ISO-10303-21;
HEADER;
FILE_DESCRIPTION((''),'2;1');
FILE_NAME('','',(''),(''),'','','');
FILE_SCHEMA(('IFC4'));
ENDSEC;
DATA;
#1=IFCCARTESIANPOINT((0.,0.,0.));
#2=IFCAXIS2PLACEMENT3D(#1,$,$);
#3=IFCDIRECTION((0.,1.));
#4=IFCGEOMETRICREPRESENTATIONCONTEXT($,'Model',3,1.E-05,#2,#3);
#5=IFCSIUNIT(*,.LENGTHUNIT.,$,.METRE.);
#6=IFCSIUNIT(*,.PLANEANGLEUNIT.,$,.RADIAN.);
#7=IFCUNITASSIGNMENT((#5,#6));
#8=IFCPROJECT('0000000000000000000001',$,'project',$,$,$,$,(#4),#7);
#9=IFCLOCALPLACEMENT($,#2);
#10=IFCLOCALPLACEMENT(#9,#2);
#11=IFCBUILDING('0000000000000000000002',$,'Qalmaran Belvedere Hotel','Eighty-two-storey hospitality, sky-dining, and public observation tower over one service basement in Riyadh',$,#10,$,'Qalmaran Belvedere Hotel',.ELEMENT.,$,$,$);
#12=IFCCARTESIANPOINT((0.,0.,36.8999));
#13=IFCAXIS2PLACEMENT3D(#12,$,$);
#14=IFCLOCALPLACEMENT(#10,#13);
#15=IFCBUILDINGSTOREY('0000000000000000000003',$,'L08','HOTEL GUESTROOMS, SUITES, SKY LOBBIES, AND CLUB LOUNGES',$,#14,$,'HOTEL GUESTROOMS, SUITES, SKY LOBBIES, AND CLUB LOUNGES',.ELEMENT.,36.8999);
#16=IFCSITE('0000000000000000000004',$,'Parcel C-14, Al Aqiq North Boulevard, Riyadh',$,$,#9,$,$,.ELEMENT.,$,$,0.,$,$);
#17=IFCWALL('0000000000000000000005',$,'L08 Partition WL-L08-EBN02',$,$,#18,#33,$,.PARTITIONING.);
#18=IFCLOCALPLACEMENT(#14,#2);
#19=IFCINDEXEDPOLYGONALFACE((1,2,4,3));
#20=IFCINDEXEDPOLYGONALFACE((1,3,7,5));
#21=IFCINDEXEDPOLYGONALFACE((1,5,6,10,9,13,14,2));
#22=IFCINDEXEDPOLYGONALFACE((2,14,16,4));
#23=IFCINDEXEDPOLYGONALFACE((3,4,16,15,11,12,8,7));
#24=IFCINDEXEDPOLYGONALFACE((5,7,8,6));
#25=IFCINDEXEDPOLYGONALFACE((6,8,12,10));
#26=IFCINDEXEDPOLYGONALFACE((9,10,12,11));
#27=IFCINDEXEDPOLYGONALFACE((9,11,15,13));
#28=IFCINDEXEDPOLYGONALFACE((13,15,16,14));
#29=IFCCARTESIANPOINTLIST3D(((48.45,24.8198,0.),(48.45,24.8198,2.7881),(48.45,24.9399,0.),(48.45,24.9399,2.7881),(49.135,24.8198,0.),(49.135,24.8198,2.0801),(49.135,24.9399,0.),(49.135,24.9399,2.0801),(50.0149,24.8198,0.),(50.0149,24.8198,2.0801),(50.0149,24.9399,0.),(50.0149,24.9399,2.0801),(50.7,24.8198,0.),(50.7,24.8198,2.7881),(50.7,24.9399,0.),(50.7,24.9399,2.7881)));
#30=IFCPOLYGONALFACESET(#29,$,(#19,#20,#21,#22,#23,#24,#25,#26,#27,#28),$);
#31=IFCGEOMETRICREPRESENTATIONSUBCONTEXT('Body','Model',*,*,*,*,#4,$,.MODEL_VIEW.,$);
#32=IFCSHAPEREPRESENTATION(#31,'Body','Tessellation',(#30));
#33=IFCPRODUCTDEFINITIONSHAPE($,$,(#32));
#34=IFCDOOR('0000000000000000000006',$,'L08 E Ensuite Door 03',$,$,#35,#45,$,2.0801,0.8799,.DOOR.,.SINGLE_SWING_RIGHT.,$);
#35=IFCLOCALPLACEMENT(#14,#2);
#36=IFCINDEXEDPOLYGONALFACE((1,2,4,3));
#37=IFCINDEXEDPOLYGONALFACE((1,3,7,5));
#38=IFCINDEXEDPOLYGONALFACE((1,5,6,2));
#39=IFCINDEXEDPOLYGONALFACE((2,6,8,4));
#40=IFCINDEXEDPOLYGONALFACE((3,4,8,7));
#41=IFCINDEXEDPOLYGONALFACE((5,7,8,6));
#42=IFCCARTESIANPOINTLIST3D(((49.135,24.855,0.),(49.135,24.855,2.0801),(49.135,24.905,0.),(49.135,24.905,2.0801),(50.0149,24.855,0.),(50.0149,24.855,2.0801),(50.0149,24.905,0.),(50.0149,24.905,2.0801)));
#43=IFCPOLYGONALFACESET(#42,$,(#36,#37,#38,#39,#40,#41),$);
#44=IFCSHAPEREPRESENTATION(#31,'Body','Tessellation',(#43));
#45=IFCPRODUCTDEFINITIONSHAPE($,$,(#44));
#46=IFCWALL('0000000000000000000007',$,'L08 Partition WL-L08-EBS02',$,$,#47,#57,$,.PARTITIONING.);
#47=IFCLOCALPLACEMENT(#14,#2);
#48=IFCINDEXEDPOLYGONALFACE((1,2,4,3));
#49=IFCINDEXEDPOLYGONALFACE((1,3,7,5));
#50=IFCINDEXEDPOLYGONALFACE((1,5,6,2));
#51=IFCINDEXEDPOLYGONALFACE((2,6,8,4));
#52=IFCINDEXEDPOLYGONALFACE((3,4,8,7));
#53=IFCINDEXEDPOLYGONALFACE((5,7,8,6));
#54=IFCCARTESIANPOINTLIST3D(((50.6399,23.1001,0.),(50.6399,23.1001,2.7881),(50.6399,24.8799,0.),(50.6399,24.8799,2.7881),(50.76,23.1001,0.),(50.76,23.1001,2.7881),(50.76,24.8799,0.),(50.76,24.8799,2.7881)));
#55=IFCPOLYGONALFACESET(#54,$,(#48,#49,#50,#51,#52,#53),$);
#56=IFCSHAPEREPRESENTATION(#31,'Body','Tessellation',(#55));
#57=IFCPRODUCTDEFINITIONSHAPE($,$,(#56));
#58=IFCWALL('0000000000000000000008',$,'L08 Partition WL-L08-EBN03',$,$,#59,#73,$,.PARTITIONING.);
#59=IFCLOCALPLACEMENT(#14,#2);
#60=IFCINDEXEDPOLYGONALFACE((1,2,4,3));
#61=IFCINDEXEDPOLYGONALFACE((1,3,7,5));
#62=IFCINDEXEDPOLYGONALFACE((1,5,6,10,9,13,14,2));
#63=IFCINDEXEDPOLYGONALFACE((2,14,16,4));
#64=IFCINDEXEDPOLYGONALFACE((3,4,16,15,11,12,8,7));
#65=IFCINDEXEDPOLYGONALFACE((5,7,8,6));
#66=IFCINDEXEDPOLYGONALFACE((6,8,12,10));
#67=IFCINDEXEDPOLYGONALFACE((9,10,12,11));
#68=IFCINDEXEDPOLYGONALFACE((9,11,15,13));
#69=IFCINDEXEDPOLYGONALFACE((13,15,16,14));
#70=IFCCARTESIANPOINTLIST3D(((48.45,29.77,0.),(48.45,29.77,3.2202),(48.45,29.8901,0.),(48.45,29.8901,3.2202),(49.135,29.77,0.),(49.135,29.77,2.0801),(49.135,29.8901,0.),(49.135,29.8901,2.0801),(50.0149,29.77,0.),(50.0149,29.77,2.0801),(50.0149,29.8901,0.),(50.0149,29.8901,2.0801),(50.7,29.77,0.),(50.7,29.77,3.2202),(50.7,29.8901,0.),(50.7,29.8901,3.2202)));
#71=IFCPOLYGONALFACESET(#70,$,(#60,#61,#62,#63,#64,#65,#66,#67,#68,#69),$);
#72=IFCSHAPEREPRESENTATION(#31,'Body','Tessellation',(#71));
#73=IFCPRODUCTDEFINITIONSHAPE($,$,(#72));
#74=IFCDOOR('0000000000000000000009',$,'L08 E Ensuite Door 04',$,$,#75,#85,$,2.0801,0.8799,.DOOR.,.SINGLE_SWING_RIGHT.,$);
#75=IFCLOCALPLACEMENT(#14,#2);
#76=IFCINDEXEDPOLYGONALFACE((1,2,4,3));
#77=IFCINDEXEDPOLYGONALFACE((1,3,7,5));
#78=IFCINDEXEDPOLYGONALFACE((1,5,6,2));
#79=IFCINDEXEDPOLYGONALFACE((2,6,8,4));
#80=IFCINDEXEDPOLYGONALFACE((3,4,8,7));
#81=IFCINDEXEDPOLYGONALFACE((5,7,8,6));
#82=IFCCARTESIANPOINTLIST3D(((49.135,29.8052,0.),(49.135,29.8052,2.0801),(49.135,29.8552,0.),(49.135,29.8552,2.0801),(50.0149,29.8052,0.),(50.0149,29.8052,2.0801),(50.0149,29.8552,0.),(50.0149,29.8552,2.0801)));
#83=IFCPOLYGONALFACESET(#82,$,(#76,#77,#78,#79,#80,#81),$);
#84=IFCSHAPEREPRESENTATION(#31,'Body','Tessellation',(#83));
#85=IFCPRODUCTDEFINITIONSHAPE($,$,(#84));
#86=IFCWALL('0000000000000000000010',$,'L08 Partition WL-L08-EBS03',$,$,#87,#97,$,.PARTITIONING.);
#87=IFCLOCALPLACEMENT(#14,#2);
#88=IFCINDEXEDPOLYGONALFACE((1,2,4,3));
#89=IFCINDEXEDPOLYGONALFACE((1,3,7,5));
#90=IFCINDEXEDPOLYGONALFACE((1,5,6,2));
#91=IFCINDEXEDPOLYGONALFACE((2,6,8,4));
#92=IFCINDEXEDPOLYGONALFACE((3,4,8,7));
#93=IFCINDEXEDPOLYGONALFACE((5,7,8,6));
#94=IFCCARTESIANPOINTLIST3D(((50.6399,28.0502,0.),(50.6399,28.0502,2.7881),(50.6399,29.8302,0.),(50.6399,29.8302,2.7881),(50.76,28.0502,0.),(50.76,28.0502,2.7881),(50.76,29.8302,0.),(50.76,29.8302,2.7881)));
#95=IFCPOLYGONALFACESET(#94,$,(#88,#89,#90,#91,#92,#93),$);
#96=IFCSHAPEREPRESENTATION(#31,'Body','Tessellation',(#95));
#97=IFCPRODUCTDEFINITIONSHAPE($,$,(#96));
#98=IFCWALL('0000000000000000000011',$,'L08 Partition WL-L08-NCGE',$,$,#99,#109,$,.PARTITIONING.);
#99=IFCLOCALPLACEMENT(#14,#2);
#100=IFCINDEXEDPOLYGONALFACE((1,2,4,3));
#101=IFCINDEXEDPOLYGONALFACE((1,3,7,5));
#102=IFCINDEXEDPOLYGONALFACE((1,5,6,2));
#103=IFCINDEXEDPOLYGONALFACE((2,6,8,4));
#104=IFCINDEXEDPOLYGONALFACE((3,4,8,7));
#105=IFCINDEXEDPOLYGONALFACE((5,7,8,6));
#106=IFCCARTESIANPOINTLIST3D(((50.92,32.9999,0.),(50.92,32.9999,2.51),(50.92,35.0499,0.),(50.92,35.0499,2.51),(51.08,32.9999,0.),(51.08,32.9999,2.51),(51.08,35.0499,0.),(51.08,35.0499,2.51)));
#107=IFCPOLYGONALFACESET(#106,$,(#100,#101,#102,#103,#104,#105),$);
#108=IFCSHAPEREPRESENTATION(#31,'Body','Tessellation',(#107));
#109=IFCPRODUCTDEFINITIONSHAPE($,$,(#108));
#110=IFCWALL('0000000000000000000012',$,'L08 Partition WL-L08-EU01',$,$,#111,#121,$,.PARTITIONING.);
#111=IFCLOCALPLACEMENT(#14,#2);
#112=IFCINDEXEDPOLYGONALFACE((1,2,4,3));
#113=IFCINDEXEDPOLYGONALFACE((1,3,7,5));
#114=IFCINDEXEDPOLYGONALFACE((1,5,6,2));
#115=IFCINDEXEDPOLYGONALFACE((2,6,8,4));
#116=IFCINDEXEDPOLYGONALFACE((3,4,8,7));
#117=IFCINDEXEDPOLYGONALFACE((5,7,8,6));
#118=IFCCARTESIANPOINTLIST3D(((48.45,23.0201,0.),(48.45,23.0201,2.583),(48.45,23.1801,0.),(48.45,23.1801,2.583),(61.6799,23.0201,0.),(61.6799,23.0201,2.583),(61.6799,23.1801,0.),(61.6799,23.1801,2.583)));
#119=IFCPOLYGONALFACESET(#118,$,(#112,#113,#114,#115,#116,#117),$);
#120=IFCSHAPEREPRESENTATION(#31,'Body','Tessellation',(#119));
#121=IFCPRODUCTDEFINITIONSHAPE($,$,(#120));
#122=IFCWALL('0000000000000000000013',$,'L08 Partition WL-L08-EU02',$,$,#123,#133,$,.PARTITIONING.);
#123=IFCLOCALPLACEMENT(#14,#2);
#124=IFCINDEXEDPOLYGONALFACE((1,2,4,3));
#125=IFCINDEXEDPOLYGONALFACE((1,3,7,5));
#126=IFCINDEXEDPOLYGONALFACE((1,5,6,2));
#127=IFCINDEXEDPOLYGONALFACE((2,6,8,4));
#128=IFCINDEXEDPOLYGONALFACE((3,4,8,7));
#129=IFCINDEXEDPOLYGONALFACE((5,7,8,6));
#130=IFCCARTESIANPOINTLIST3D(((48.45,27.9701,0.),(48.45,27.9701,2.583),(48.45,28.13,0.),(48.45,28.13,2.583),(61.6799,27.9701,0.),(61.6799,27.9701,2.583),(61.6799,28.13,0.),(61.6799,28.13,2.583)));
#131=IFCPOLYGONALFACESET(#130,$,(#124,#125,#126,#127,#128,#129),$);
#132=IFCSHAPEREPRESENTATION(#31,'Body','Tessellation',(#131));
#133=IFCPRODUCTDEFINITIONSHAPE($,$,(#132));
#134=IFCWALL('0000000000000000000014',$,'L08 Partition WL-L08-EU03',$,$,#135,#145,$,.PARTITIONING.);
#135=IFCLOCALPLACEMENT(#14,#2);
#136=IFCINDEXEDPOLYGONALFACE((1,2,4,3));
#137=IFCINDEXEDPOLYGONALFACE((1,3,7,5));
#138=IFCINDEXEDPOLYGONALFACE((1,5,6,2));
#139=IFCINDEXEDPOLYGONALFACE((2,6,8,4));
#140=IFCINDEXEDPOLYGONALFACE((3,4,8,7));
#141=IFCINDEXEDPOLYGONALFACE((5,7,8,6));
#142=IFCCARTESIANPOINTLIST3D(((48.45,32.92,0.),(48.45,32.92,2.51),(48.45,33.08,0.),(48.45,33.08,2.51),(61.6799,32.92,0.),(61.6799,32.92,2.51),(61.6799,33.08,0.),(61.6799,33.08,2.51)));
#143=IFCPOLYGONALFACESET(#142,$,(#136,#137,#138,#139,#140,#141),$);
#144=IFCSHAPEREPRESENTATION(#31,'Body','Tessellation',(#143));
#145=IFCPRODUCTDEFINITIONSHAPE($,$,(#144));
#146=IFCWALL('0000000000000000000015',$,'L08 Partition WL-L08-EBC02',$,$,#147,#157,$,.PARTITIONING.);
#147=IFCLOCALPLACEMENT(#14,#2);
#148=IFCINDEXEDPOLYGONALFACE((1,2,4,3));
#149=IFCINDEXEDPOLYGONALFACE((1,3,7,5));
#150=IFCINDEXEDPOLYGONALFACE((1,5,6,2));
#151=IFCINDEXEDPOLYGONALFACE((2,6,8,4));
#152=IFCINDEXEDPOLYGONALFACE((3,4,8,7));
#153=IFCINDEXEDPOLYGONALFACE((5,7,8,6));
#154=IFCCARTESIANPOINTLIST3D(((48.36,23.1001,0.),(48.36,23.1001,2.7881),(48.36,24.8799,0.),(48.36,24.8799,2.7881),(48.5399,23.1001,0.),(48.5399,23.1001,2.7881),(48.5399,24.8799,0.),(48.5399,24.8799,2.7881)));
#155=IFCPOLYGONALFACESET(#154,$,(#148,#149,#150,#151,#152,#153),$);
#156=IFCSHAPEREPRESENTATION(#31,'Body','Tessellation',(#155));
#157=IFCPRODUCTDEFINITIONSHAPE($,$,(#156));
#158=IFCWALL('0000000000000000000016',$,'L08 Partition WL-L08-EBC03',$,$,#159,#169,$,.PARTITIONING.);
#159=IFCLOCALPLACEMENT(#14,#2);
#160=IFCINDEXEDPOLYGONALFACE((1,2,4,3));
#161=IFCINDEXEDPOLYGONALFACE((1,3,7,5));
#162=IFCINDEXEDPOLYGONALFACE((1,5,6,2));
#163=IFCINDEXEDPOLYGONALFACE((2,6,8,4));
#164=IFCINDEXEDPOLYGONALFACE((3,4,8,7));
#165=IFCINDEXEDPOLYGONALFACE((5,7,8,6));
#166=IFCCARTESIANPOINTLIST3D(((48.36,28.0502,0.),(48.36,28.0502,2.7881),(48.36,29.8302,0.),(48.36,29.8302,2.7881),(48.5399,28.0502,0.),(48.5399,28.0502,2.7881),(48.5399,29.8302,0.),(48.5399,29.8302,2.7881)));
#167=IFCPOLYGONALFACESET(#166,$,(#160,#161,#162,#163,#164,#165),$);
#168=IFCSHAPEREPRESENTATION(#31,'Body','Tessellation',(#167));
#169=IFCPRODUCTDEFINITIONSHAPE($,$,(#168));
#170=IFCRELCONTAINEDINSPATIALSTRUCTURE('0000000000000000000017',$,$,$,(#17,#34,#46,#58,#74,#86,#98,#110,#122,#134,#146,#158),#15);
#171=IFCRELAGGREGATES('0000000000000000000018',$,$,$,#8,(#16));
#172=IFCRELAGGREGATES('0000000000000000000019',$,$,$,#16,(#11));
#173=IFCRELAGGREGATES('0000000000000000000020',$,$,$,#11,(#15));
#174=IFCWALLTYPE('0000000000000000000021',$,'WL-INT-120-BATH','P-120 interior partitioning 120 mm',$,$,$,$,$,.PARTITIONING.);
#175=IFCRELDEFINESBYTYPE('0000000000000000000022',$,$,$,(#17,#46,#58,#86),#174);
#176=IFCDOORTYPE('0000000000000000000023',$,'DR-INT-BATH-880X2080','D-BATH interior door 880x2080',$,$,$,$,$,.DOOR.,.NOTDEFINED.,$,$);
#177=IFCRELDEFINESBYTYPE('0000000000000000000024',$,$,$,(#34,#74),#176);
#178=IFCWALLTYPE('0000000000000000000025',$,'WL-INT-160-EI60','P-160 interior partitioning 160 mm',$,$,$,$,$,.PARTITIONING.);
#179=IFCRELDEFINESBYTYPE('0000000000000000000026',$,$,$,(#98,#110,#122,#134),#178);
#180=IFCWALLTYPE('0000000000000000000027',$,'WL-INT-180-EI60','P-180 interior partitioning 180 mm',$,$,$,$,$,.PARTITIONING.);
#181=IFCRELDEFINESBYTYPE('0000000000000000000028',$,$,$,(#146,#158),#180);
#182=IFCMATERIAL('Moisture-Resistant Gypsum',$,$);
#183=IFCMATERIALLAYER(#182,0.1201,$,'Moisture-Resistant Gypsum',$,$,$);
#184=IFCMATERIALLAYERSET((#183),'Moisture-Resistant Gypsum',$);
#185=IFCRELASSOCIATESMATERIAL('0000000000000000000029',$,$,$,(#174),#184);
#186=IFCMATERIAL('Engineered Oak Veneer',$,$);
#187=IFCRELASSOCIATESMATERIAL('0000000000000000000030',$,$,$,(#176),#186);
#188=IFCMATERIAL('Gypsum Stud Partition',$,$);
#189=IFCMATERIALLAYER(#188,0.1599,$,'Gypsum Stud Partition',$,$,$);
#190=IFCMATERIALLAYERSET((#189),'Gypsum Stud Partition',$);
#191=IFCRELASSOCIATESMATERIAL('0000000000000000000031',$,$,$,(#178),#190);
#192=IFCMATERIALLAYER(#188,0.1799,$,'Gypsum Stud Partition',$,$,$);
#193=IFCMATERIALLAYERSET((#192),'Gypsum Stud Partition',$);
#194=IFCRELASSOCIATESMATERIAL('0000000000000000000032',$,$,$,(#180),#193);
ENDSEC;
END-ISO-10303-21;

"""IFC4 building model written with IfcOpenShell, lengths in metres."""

from ifc_helpers import new_model, si_unit, direction, frame, frame_2d, origin, place, context, subcontext, project, spatial, rectangle, extrude, material, layer, layer_set, type_object, element, fill, save


model = new_model("IFC4")

# Units and contexts
model_context = context("Model", 3, precision=1e-05, world=origin(), true_north=direction((0.0, 1.0)))
body_context = subcontext(model_context, "Body", "Model", "MODEL_VIEW")
ifc_project = project(units=[si_unit("LENGTHUNIT", "METRE"), si_unit("PLANEANGLEUNIT", "RADIAN")], contexts=[model_context])

# Site, building, storey
site_placement = place(None, origin())
site = spatial("IfcSite", under=ifc_project, at=site_placement, Name="Parcel C-14, Al Aqiq North Boulevard, Riyadh", CompositionType="ELEMENT", RefElevation=0.0)
building_placement = place(site_placement, origin())
building = spatial("IfcBuilding", under=site, at=building_placement, Name="Qalmaran Belvedere Hotel", Description="Eighty-two-storey hospitality, sky-dining, and public observation tower over one service basement in Riyadh", LongName="Qalmaran Belvedere Hotel", CompositionType="ELEMENT")
storey_placement = place(building_placement, frame((0.0, 0.0, 36.8999)))
storey = spatial("IfcBuildingStorey", under=building, at=storey_placement, Name="L08", Description="HOTEL GUESTROOMS, SUITES, SKY LOBBIES, AND CLUB LOUNGES", LongName="HOTEL GUESTROOMS, SUITES, SKY LOBBIES, AND CLUB LOUNGES", CompositionType="ELEMENT", Elevation=36.8999)

# Shared definitions
ifc_material_1 = material(Name="Moisture-Resistant Gypsum")
ifc_layer_1 = layer(ifc_material_1, 0.1201, Name="Moisture-Resistant Gypsum")
ifc_layer_set_1 = layer_set([ifc_layer_1], Name="Moisture-Resistant Gypsum")
wall_type_1 = type_object("IfcWallType", Name="WL-INT-120-BATH", Description="P-120 interior partitioning 120 mm", PredefinedType="PARTITIONING", material=ifc_layer_set_1)

# Wall, opening, door
wall_1_placement = place(storey_placement, frame((48.45, 24.8799, 0.0), z_axis=(0.0, 0.0, 1.0), x_axis=(1.0, 0.0, 0.0)))
wall_1 = element("IfcWall", 1, at=wall_1_placement, inside=storey, type_object=wall_type_1, Name="L08 Partition WL-L08-EBN02", PredefinedType="PARTITIONING", context=body_context, shape_type="SweptSolid", body=[
    extrude(rectangle(XDim=2.25, YDim=0.1201, at=frame_2d((1.125, 0.0))), origin(), (0.0, 0.0, 1.0), 2.7881),
])
opening_1_placement = place(wall_1_placement, frame((1.5649, 0.0, 0.0), z_axis=(0.0, 0.0, 1.0), x_axis=(-1.0, 0.0, 0.0)))
opening_1 = element("IfcOpeningElement", 2, at=opening_1_placement, cuts=wall_1, PredefinedType="OPENING", context=body_context, shape_type="SweptSolid", body=[
    extrude(rectangle(XDim=0.8799, YDim=2.0801, at=frame_2d((0.4399, 1.04))), frame((0.0, 0.0701, 0.0), z_axis=(0.0, -1.0, 0.0), x_axis=(1.0, 0.0, 0.0)), (0.0, 0.0, 1.0), 0.1401),
])
ifc_material_2 = material(Name="Engineered Oak Veneer")
door_type_1 = type_object("IfcDoorType", Name="DR-INT-BATH-880X2080", Description="D-BATH interior door 880x2080", OperationType="NOTDEFINED", PredefinedType="DOOR", material=ifc_material_2)
door_1_placement = place(opening_1_placement, origin())
door_1 = element("IfcDoor", 3, at=door_1_placement, inside=storey, type_object=door_type_1, Name="L08 E Ensuite Door 03", OperationType="SINGLE_SWING_RIGHT", OverallHeight=2.0801, OverallWidth=0.8799, PredefinedType="DOOR", context=body_context, shape_type="SweptSolid", body=[
    extrude(rectangle(XDim=0.8799, YDim=2.0801, at=frame_2d((0.4399, 1.04))), frame((0.0, 0.0249, 0.0), z_axis=(0.0, -1.0, 0.0), x_axis=(1.0, 0.0, 0.0)), (0.0, 0.0, 1.0), 0.05),
])
fill(opening_1, door_1)

# Wall
wall_2_placement = place(storey_placement, frame((50.7, 23.1001, 0.0), z_axis=(0.0, 0.0, 1.0), x_axis=(0.0, 1.0, 0.0)))
element("IfcWall", 4, at=wall_2_placement, inside=storey, type_object=wall_type_1, Name="L08 Partition WL-L08-EBS02", PredefinedType="PARTITIONING", context=body_context, shape_type="SweptSolid", body=[
    extrude(rectangle(XDim=1.7798, YDim=0.1201, at=frame_2d((0.8899, 0.0))), origin(), (0.0, 0.0, 1.0), 2.7881),
])

# Wall, opening, door
wall_3_placement = place(storey_placement, frame((48.45, 29.8301, 0.0), z_axis=(0.0, 0.0, 1.0), x_axis=(1.0, 0.0, 0.0)))
wall_3 = element("IfcWall", 5, at=wall_3_placement, inside=storey, type_object=wall_type_1, Name="L08 Partition WL-L08-EBN03", PredefinedType="PARTITIONING", context=body_context, shape_type="SweptSolid", body=[
    extrude(rectangle(XDim=2.25, YDim=0.1201, at=frame_2d((1.125, 0.0))), origin(), (0.0, 0.0, 1.0), 3.2202),
])
opening_2_placement = place(wall_3_placement, frame((1.5649, 0.0, 0.0), z_axis=(0.0, 0.0, 1.0), x_axis=(-1.0, 0.0, 0.0)))
opening_2 = element("IfcOpeningElement", 6, at=opening_2_placement, cuts=wall_3, PredefinedType="OPENING", context=body_context, shape_type="SweptSolid", body=[
    extrude(rectangle(XDim=0.8799, YDim=2.0801, at=frame_2d((0.4399, 1.04))), frame((0.0, 0.0701, 0.0), z_axis=(0.0, -1.0, 0.0), x_axis=(1.0, 0.0, 0.0)), (0.0, 0.0, 1.0), 0.1401),
])
door_2_placement = place(opening_2_placement, origin())
door_2 = element("IfcDoor", 7, at=door_2_placement, inside=storey, type_object=door_type_1, Name="L08 E Ensuite Door 04", OperationType="SINGLE_SWING_RIGHT", OverallHeight=2.0801, OverallWidth=0.8799, PredefinedType="DOOR", context=body_context, shape_type="SweptSolid", body=[
    extrude(rectangle(XDim=0.8799, YDim=2.0801, at=frame_2d((0.4399, 1.04))), frame((0.0, 0.0249, 0.0), z_axis=(0.0, -1.0, 0.0), x_axis=(1.0, 0.0, 0.0)), (0.0, 0.0, 1.0), 0.05),
])
fill(opening_2, door_2)

# Walls
wall_4_placement = place(storey_placement, frame((50.7, 28.05, 0.0), z_axis=(0.0, 0.0, 1.0), x_axis=(0.0, 1.0, 0.0)))
element("IfcWall", 8, at=wall_4_placement, inside=storey, type_object=wall_type_1, Name="L08 Partition WL-L08-EBS03", PredefinedType="PARTITIONING", context=body_context, shape_type="SweptSolid", body=[
    extrude(rectangle(XDim=1.78, YDim=0.1201, at=frame_2d((0.8901, 0.0))), origin(), (0.0, 0.0, 1.0), 2.7881),
])
ifc_material_3 = material(Name="Gypsum Stud Partition")
ifc_layer_2 = layer(ifc_material_3, 0.1599, Name="Gypsum Stud Partition")
ifc_layer_set_2 = layer_set([ifc_layer_2], Name="Gypsum Stud Partition")
wall_type_2 = type_object("IfcWallType", Name="WL-INT-160-EI60", Description="P-160 interior partitioning 160 mm", PredefinedType="PARTITIONING", material=ifc_layer_set_2)
wall_5_placement = place(storey_placement, frame((51.0, 33.0, 0.0), z_axis=(0.0, 0.0, 1.0), x_axis=(0.0, 1.0, 0.0)))
element("IfcWall", 9, at=wall_5_placement, inside=storey, type_object=wall_type_2, Name="L08 Partition WL-L08-NCGE", PredefinedType="PARTITIONING", context=body_context, shape_type="SweptSolid", body=[
    extrude(rectangle(XDim=2.05, YDim=0.1599, at=frame_2d((1.0249, 0.0))), origin(), (0.0, 0.0, 1.0), 2.51),
])
for number, where, z_axis, x_axis, name in (
    (10, (48.45, 23.1001, 0.0), (0.0, 0.0, 1.0), (1.0, 0.0, 0.0), "L08 Partition WL-L08-EU01"),
    (11, (48.45, 28.05, 0.0), (0.0, 0.0, 1.0), (1.0, 0.0, 0.0), "L08 Partition WL-L08-EU02"),
):
    element("IfcWall", number, at=place(storey_placement, frame(where, z_axis=z_axis, x_axis=x_axis)), inside=storey, type_object=wall_type_2, Name=name, PredefinedType="PARTITIONING", context=body_context, shape_type="SweptSolid", body=[
        extrude(rectangle(XDim=13.23, YDim=0.1599, at=frame_2d((6.615, 0.0))), origin(), (0.0, 0.0, 1.0), 2.583),
    ])
wall_6_placement = place(storey_placement, frame((48.45, 33.0, 0.0), z_axis=(0.0, 0.0, 1.0), x_axis=(1.0, 0.0, 0.0)))
element("IfcWall", 12, at=wall_6_placement, inside=storey, type_object=wall_type_2, Name="L08 Partition WL-L08-EU03", PredefinedType="PARTITIONING", context=body_context, shape_type="SweptSolid", body=[
    extrude(rectangle(XDim=13.23, YDim=0.1599, at=frame_2d((6.615, 0.0))), origin(), (0.0, 0.0, 1.0), 2.51),
])
ifc_layer_3 = layer(ifc_material_3, 0.1799, Name="Gypsum Stud Partition")
ifc_layer_set_3 = layer_set([ifc_layer_3], Name="Gypsum Stud Partition")
wall_type_3 = type_object("IfcWallType", Name="WL-INT-180-EI60", Description="P-180 interior partitioning 180 mm", PredefinedType="PARTITIONING", material=ifc_layer_set_3)
wall_7_placement = place(storey_placement, frame((48.45, 23.1001, 0.0), z_axis=(0.0, 0.0, 1.0), x_axis=(0.0, 1.0, 0.0)))
element("IfcWall", 13, at=wall_7_placement, inside=storey, type_object=wall_type_3, Name="L08 Partition WL-L08-EBC02", PredefinedType="PARTITIONING", context=body_context, shape_type="SweptSolid", body=[
    extrude(rectangle(XDim=1.7798, YDim=0.1799, at=frame_2d((0.8899, 0.0))), origin(), (0.0, 0.0, 1.0), 2.7881),
])

# Wall
wall_8_placement = place(storey_placement, frame((48.45, 28.05, 0.0), z_axis=(0.0, 0.0, 1.0), x_axis=(0.0, 1.0, 0.0)))
element("IfcWall", 14, at=wall_8_placement, inside=storey, type_object=wall_type_3, Name="L08 Partition WL-L08-EBC03", PredefinedType="PARTITIONING", context=body_context, shape_type="SweptSolid", body=[
    extrude(rectangle(XDim=1.78, YDim=0.1799, at=frame_2d((0.8901, 0.0))), origin(), (0.0, 0.0, 1.0), 2.7881),
])

save(model, "model.ifc")
